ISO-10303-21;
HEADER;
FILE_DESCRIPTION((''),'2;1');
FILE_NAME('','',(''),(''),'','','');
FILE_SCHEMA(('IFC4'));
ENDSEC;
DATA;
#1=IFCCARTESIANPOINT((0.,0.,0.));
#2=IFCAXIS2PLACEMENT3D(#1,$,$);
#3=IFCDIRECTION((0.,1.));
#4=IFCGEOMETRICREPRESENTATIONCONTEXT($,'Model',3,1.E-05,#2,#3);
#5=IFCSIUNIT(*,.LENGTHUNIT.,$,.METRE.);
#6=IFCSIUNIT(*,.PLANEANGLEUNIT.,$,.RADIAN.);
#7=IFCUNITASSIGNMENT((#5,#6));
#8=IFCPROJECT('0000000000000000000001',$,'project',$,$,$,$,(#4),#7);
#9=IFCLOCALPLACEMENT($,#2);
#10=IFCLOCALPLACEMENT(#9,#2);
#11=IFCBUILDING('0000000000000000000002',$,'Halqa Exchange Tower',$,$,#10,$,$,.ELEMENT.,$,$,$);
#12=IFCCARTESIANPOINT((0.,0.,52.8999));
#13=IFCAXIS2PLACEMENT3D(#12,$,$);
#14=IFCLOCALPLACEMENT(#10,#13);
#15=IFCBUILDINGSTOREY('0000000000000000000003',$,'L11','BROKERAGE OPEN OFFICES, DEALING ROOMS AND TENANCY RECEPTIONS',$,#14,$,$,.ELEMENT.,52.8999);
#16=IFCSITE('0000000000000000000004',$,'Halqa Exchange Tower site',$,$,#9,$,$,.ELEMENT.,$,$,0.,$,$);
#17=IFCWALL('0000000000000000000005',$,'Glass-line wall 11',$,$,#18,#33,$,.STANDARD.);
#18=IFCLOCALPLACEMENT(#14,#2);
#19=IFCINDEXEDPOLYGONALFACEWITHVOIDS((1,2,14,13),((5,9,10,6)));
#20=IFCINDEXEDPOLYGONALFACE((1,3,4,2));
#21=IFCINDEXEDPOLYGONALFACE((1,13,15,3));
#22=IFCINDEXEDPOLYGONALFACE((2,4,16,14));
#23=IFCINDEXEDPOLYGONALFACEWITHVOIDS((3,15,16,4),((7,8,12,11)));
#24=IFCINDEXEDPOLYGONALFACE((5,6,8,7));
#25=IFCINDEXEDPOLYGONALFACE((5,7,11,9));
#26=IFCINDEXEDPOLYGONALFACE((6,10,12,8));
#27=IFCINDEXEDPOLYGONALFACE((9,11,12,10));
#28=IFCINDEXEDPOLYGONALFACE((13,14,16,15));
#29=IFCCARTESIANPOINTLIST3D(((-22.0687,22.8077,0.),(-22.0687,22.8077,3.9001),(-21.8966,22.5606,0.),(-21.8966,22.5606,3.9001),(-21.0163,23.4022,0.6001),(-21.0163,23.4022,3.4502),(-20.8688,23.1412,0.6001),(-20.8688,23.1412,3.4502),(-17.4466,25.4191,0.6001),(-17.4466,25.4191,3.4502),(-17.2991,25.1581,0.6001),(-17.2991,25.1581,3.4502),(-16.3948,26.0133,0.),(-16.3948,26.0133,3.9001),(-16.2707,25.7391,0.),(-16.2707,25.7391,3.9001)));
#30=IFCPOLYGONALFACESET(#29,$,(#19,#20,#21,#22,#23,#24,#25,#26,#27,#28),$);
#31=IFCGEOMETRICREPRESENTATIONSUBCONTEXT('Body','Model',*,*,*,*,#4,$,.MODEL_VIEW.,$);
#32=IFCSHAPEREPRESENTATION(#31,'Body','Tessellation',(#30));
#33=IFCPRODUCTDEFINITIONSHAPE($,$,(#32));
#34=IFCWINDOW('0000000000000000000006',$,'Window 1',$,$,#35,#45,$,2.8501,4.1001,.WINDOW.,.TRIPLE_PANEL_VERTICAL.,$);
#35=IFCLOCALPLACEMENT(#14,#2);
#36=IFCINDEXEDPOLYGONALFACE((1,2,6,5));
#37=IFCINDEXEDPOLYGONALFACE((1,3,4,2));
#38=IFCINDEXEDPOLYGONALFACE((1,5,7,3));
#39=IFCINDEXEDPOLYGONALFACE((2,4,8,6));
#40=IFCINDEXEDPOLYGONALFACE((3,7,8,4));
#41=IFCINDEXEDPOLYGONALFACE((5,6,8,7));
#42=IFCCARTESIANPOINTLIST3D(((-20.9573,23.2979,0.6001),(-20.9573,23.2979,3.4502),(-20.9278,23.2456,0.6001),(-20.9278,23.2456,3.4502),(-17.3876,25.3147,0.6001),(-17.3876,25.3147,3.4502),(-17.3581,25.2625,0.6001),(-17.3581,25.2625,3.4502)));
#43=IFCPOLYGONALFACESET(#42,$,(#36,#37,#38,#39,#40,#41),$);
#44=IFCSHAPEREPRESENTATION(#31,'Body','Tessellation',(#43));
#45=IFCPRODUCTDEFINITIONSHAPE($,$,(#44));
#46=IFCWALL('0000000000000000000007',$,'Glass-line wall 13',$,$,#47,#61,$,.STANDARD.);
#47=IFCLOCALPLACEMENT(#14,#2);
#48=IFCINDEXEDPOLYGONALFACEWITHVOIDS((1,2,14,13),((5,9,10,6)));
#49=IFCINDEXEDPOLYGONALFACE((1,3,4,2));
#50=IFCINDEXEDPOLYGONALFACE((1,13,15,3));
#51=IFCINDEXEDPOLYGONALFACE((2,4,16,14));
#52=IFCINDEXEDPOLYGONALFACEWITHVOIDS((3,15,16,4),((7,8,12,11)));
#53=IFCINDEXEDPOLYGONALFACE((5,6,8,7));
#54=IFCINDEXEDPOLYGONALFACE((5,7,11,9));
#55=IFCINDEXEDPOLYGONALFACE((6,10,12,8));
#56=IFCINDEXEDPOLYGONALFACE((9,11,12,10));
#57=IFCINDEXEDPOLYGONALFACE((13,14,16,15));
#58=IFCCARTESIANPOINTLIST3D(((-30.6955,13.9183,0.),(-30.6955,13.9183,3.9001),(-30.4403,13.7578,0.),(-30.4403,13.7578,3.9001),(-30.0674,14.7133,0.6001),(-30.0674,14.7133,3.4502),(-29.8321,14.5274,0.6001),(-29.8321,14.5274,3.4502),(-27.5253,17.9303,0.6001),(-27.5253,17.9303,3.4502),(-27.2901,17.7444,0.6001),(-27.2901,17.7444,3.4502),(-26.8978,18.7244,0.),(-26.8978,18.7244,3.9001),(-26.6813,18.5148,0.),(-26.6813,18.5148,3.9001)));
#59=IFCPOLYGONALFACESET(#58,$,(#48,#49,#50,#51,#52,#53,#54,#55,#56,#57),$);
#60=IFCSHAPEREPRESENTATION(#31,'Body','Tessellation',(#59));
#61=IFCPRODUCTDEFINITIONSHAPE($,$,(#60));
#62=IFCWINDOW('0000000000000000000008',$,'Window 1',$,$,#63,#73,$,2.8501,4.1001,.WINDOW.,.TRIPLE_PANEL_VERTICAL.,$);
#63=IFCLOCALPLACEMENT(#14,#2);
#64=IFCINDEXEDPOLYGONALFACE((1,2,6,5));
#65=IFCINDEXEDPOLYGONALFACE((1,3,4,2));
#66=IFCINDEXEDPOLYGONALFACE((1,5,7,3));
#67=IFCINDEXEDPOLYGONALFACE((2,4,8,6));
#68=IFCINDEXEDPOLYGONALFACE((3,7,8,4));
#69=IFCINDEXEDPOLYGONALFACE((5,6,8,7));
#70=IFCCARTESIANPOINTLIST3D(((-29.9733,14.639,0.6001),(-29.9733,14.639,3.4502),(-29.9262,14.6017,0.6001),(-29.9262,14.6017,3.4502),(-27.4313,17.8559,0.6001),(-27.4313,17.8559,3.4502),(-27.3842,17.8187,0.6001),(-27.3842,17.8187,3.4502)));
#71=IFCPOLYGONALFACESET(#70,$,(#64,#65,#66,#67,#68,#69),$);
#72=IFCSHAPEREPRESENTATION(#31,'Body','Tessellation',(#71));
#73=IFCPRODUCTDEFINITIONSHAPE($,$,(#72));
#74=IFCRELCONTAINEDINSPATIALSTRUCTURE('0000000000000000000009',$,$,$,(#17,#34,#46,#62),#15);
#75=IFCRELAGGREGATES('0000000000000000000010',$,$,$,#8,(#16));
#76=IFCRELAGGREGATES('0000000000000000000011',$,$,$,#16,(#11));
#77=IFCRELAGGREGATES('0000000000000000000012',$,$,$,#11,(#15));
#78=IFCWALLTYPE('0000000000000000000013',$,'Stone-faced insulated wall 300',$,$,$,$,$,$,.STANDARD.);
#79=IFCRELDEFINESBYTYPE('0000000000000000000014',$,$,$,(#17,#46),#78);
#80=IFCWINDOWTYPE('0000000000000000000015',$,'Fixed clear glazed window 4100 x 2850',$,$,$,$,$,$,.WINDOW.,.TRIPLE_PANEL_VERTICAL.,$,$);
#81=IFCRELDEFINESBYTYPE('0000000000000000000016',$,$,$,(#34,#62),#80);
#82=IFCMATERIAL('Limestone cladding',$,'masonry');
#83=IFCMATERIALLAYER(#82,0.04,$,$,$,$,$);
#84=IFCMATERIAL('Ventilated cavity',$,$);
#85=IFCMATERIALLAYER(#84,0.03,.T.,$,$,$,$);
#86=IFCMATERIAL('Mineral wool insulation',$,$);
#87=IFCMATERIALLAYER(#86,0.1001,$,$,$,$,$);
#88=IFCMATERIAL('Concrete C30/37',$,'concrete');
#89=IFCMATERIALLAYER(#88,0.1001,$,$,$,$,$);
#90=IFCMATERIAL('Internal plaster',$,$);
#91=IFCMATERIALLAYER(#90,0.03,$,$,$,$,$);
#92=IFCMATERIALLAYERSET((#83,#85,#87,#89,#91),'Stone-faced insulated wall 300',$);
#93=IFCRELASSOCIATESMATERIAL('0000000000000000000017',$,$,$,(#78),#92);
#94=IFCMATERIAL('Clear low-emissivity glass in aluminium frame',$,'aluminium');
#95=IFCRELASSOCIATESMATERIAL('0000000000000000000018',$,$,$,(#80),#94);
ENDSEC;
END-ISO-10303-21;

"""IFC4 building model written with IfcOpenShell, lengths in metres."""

from ifc_helpers import new_model, si_unit, direction, frame, frame_2d, origin, place, context, subcontext, project, spatial, polyline, rectangle, outline, extrude, material, layer, layer_set, type_object, element, fill, save


model = new_model("IFC4")

# Units and contexts
model_context = context("Model", 3, precision=1e-05, world=origin(), true_north=direction((0.0, 1.0)))
body_context = subcontext(model_context, "Body", "Model", "MODEL_VIEW")
ifc_project = project(units=[si_unit("LENGTHUNIT", "METRE"), si_unit("PLANEANGLEUNIT", "RADIAN")], contexts=[model_context])

# Site, building, storey
site_placement = place(None, origin())
site = spatial("IfcSite", under=ifc_project, at=site_placement, Name="Halqa Exchange Tower site", CompositionType="ELEMENT", RefElevation=0.0)
building_placement = place(site_placement, origin())
building = spatial("IfcBuilding", under=site, at=building_placement, Name="Halqa Exchange Tower", CompositionType="ELEMENT")
storey_placement = place(building_placement, frame((0.0, 0.0, 52.8999)))
storey = spatial("IfcBuildingStorey", under=building, at=storey_placement, Name="L11", Description="BROKERAGE OPEN OFFICES, DEALING ROOMS AND TENANCY RECEPTIONS", CompositionType="ELEMENT", Elevation=52.8999)

# Wall, opening, window
ifc_material_1 = material(Name="Limestone cladding", Category="masonry")
ifc_layer_1 = layer(ifc_material_1, 0.04)
ifc_material_2 = material(Name="Ventilated cavity")
ifc_layer_2 = layer(ifc_material_2, 0.03, ventilated=True)
ifc_material_3 = material(Name="Mineral wool insulation")
ifc_layer_3 = layer(ifc_material_3, 0.1001)
ifc_material_4 = material(Name="Concrete C30/37", Category="concrete")
ifc_layer_4 = layer(ifc_material_4, 0.1001)
ifc_material_5 = material(Name="Internal plaster")
ifc_layer_5 = layer(ifc_material_5, 0.03)
ifc_layer_set_1 = layer_set([ifc_layer_1, ifc_layer_2, ifc_layer_3, ifc_layer_4, ifc_layer_5], Name="Stone-faced insulated wall 300")
wall_type_1 = type_object("IfcWallType", Name="Stone-faced insulated wall 300", PredefinedType="STANDARD", material=ifc_layer_set_1)
wall_1_placement = place(storey_placement, frame((-16.3328, 25.8762, 0.0), z_axis=(0.0, 0.0, 1.0), x_axis=(-0.870648, -0.491907, 0.0)))
wall_1 = element("IfcWall", 1, at=wall_1_placement, inside=storey, type_object=wall_type_1, Name="Glass-line wall 11", PredefinedType="STANDARD", context=body_context, shape_type="SweptSolid", body=[
    extrude(outline(polyline([(-0.0134, -0.1499), (6.5034, -0.1499), (6.4751, 0.1499), (0.0134, 0.1499), (-0.0134, -0.1499)])), origin(), (0.0, 0.0, 1.0), 3.9001),
])
opening_1_placement = place(wall_1_placement, frame((1.1946, 0.0, 0.6001)))
opening_1 = element("IfcOpeningElement", 2, at=opening_1_placement, cuts=wall_1, PredefinedType="OPENING", context=body_context, shape_type="SweptSolid", body=[
    extrude(rectangle(XDim=4.1001, YDim=2.8501, at=frame_2d((2.05, 1.425))), frame((0.0, 0.1621, 0.0), z_axis=(0.0, -1.0, 0.0), x_axis=(1.0, 0.0, 0.0)), (0.0, 0.0, 1.0), 0.324),
])
ifc_material_6 = material(Name="Clear low-emissivity glass in aluminium frame", Category="aluminium")
window_type = type_object("IfcWindowType", Name="Fixed clear glazed window 4100 x 2850", PartitioningType="TRIPLE_PANEL_VERTICAL", PredefinedType="WINDOW", material=ifc_material_6)
window_1_placement = place(opening_1_placement, origin())
window_1 = element("IfcWindow", 3, at=window_1_placement, inside=storey, type_object=window_type, Name="Window 1", OverallHeight=2.8501, OverallWidth=4.1001, PartitioningType="TRIPLE_PANEL_VERTICAL", PredefinedType="WINDOW", context=body_context, shape_type="SweptSolid", body=[
    extrude(rectangle(XDim=4.1001, YDim=2.8501, at=frame_2d((2.05, 1.425))), frame((0.0, 0.03, 0.0), z_axis=(0.0, -1.0, 0.0), x_axis=(1.0, 0.0, 0.0)), (0.0, 0.0, 1.0), 0.0601),
])
fill(opening_1, window_1)

# Wall, opening, window
wall_2_placement = place(storey_placement, frame((-26.7896, 18.6196, 0.0), z_axis=(0.0, 0.0, 1.0), x_axis=(-0.619994, -0.784607, 0.0)))
wall_2 = element("IfcWall", 4, at=wall_2_placement, inside=storey, type_object=wall_type_1, Name="Glass-line wall 13", PredefinedType="STANDARD", context=body_context, shape_type="SweptSolid", body=[
    extrude(outline(polyline([(-0.0151, -0.1499), (6.1104, -0.1499), (6.0781, 0.1499), (0.0151, 0.1499), (-0.0151, -0.1499)])), origin(), (0.0, 0.0, 1.0), 3.9001),
])
opening_2_placement = place(wall_2_placement, frame((0.9971, 0.0, 0.6001)))
opening_2 = element("IfcOpeningElement", 5, at=opening_2_placement, cuts=wall_2, PredefinedType="OPENING", context=body_context, shape_type="SweptSolid", body=[
    extrude(rectangle(XDim=4.1001, YDim=2.8501, at=frame_2d((2.05, 1.425))), frame((0.0, 0.1621, 0.0), z_axis=(0.0, -1.0, 0.0), x_axis=(1.0, 0.0, 0.0)), (0.0, 0.0, 1.0), 0.324),
])
window_2_placement = place(opening_2_placement, origin())
window_2 = element("IfcWindow", 6, at=window_2_placement, inside=storey, type_object=window_type, Name="Window 1", OverallHeight=2.8501, OverallWidth=4.1001, PartitioningType="TRIPLE_PANEL_VERTICAL", PredefinedType="WINDOW", context=body_context, shape_type="SweptSolid", body=[
    extrude(rectangle(XDim=4.1001, YDim=2.8501, at=frame_2d((2.05, 1.425))), frame((0.0, 0.03, 0.0), z_axis=(0.0, -1.0, 0.0), x_axis=(1.0, 0.0, 0.0)), (0.0, 0.0, 1.0), 0.0601),
])
fill(opening_2, window_2)

save(model, "model.ifc")
